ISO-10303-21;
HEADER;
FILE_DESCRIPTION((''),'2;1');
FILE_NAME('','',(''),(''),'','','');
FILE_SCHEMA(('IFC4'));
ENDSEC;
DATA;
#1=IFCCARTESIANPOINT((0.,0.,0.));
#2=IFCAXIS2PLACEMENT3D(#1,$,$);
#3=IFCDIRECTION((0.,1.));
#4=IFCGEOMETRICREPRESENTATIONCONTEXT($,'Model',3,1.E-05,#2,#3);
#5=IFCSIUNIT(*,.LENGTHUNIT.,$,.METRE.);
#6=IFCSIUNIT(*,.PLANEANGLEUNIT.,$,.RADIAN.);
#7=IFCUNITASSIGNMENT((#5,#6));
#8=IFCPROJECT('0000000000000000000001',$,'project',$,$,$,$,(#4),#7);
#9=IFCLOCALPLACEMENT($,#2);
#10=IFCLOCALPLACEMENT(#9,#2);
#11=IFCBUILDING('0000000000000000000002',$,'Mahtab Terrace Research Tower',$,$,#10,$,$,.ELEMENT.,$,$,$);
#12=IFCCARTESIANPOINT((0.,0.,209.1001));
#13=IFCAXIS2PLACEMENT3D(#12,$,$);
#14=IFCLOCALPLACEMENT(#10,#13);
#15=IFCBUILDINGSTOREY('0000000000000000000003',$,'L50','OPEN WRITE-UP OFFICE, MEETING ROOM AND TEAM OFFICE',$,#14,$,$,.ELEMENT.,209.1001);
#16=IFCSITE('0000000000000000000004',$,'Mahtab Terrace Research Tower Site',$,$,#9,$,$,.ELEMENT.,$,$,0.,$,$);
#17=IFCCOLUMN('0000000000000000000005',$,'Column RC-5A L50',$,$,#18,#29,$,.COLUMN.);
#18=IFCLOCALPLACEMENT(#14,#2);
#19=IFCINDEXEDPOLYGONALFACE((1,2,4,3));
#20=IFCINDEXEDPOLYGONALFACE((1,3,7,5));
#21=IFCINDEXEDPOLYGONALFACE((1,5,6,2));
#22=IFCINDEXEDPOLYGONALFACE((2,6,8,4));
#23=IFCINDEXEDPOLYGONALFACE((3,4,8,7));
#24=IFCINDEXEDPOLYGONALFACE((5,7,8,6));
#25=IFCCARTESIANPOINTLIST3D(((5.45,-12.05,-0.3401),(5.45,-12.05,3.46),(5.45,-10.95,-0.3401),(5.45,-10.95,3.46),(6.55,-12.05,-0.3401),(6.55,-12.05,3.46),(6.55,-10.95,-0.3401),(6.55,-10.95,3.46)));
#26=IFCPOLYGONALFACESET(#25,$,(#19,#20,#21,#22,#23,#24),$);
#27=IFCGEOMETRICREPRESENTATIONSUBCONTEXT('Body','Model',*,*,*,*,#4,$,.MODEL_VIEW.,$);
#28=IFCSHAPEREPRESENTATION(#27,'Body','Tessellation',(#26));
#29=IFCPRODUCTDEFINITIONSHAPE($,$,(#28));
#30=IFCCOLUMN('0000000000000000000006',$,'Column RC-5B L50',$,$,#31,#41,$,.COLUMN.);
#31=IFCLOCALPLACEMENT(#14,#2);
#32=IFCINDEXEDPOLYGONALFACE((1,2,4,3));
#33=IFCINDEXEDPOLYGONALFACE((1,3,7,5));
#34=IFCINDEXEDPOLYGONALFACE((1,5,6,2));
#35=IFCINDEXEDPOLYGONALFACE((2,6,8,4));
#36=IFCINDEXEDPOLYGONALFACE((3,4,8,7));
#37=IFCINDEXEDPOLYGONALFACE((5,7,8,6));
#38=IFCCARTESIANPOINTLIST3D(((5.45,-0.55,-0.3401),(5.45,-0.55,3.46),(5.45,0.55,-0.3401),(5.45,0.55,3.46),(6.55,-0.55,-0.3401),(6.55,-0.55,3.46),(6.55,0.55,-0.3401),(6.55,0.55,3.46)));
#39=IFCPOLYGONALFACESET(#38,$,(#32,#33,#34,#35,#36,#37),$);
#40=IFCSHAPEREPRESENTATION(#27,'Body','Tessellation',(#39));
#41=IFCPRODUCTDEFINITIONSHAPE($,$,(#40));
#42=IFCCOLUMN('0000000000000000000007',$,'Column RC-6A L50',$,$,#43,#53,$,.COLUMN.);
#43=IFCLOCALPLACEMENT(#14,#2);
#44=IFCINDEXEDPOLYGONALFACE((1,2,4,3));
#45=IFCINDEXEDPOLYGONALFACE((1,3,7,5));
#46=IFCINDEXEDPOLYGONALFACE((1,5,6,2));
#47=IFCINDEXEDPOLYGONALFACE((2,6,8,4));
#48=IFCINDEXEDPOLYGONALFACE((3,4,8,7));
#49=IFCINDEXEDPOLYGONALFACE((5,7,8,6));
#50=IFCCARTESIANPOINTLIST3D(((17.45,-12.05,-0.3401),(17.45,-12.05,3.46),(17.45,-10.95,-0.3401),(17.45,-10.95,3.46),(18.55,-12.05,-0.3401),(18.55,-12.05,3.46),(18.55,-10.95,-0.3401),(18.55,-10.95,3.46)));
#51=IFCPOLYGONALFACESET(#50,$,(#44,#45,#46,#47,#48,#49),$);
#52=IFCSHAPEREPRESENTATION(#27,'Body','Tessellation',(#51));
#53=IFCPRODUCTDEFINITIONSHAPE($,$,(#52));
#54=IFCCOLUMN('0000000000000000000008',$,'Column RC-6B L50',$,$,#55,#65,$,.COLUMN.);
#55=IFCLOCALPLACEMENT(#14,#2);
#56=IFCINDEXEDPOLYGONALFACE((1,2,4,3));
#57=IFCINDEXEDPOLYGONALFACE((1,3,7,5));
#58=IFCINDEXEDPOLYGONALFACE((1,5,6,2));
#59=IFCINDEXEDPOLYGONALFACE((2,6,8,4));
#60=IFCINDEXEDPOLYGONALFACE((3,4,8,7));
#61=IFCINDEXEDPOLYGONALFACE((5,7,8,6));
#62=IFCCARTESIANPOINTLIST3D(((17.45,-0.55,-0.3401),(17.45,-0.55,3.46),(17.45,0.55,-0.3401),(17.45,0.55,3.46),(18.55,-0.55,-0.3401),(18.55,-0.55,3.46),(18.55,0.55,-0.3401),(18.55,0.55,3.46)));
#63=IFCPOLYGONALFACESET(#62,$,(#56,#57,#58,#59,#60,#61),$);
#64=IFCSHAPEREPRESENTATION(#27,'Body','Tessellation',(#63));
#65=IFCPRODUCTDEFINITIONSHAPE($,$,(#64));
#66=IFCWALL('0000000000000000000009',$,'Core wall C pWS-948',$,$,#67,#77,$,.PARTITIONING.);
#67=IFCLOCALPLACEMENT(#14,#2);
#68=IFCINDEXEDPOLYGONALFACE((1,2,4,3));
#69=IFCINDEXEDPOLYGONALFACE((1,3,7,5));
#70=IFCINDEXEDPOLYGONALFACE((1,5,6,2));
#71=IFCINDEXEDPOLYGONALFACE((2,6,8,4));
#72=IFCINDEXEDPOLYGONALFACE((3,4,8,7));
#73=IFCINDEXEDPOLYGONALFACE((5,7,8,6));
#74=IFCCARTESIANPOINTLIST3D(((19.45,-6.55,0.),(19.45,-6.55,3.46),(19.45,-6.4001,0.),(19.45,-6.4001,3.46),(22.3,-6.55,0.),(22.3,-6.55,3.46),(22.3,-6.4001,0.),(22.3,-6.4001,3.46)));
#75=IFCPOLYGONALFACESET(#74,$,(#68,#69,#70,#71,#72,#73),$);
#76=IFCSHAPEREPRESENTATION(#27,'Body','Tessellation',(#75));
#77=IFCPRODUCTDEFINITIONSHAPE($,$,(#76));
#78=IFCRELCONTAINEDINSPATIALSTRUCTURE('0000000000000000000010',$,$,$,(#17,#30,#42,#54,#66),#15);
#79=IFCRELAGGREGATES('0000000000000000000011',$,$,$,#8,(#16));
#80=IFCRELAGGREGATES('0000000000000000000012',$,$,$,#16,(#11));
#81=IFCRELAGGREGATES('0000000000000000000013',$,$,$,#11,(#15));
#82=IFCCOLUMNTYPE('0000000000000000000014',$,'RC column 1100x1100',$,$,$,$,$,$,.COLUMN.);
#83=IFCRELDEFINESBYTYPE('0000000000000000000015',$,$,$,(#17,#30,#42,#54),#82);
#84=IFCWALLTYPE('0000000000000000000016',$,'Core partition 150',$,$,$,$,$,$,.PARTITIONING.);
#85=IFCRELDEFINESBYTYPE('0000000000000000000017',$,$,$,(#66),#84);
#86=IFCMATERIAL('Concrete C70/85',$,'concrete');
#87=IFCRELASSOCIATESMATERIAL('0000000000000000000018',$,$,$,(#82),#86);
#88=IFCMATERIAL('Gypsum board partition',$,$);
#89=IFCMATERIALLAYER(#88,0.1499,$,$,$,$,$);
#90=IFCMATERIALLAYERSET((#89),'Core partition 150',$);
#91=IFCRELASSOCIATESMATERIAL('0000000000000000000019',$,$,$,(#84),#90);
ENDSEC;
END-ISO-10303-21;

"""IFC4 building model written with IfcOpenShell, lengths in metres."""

from ifc_helpers import new_model, si_unit, direction, frame, frame_2d, origin, origin_2d, place, context, subcontext, project, spatial, rectangle, extrude, material, layer, layer_set, material_profile, profile_set, type_object, element, save


model = new_model("IFC4")

# Units and contexts
model_context = context("Model", 3, precision=1e-05, world=origin(), true_north=direction((0.0, 1.0)))
body_context = subcontext(model_context, "Body", "Model", "MODEL_VIEW")
ifc_project = project(units=[si_unit("LENGTHUNIT", "METRE"), si_unit("PLANEANGLEUNIT", "RADIAN")], contexts=[model_context])

# Site, building, storey
site_placement = place(None, origin())
site = spatial("IfcSite", under=ifc_project, at=site_placement, Name="Mahtab Terrace Research Tower Site", CompositionType="ELEMENT", RefElevation=0.0)
building_placement = place(site_placement, origin())
building = spatial("IfcBuilding", under=site, at=building_placement, Name="Mahtab Terrace Research Tower", CompositionType="ELEMENT")
storey_placement = place(building_placement, frame((0.0, 0.0, 209.1001)))
storey = spatial("IfcBuildingStorey", under=building, at=storey_placement, Name="L50", Description="OPEN WRITE-UP OFFICE, MEETING ROOM AND TEAM OFFICE", CompositionType="ELEMENT", Elevation=209.1001)

# Columns
ifc_material_1 = material(Name="Concrete C70/85", Category="concrete")
ifc_material_profile = material_profile(ifc_material_1, rectangle(XDim=1.1001, YDim=1.1001, at=origin_2d()), Name="RC column 1100x1100")
ifc_profile_set = profile_set([ifc_material_profile], Name="Concrete C70/85")
column_type = type_object("IfcColumnType", Name="RC column 1100x1100", PredefinedType="COLUMN", material=ifc_profile_set)
for number, where, z_axis, x_axis, name in (
    (1, (6.0, -11.5, -0.3401), (0.0, 0.0, 1.0), (1.0, 0.0, 0.0), "Column RC-5A L50"),
    (2, (6.0, 0.0, -0.3401), (0.0, 0.0, 1.0), (1.0, 0.0, 0.0), "Column RC-5B L50"),
    (3, (18.0, -11.5, -0.3401), (0.0, 0.0, 1.0), (1.0, 0.0, 0.0), "Column RC-6A L50"),
    (4, (18.0, 0.0, -0.3401), (0.0, 0.0, 1.0), (1.0, 0.0, 0.0), "Column RC-6B L50"),
):
    element("IfcColumn", number, at=place(storey_placement, frame(where, z_axis=z_axis, x_axis=x_axis)), inside=storey, type_object=column_type, Name=name, PredefinedType="COLUMN", context=body_context, shape_type="SweptSolid", body=[
        extrude(rectangle(XDim=1.1001, YDim=1.1001, at=origin_2d()), origin(), (0.0, 0.0, 1.0), 3.8),
    ])

# Wall
ifc_material_2 = material(Name="Gypsum board partition")
ifc_layer_1 = layer(ifc_material_2, 0.1499)
ifc_layer_set_1 = layer_set([ifc_layer_1], Name="Core partition 150")
wall_type_1 = type_object("IfcWallType", Name="Core partition 150", PredefinedType="PARTITIONING", material=ifc_layer_set_1)
wall_1_placement = place(storey_placement, frame((19.45, -6.4751, 0.0), z_axis=(0.0, 0.0, 1.0), x_axis=(1.0, 0.0, 0.0)))
element("IfcWall", 5, at=wall_1_placement, inside=storey, type_object=wall_type_1, Name="Core wall C pWS-948", PredefinedType="PARTITIONING", context=body_context, shape_type="SweptSolid", body=[
    extrude(rectangle(XDim=2.8501, YDim=0.1499, at=frame_2d((1.425, 0.0))), origin(), (0.0, 0.0, 1.0), 3.46),
])

save(model, "model.ifc")
